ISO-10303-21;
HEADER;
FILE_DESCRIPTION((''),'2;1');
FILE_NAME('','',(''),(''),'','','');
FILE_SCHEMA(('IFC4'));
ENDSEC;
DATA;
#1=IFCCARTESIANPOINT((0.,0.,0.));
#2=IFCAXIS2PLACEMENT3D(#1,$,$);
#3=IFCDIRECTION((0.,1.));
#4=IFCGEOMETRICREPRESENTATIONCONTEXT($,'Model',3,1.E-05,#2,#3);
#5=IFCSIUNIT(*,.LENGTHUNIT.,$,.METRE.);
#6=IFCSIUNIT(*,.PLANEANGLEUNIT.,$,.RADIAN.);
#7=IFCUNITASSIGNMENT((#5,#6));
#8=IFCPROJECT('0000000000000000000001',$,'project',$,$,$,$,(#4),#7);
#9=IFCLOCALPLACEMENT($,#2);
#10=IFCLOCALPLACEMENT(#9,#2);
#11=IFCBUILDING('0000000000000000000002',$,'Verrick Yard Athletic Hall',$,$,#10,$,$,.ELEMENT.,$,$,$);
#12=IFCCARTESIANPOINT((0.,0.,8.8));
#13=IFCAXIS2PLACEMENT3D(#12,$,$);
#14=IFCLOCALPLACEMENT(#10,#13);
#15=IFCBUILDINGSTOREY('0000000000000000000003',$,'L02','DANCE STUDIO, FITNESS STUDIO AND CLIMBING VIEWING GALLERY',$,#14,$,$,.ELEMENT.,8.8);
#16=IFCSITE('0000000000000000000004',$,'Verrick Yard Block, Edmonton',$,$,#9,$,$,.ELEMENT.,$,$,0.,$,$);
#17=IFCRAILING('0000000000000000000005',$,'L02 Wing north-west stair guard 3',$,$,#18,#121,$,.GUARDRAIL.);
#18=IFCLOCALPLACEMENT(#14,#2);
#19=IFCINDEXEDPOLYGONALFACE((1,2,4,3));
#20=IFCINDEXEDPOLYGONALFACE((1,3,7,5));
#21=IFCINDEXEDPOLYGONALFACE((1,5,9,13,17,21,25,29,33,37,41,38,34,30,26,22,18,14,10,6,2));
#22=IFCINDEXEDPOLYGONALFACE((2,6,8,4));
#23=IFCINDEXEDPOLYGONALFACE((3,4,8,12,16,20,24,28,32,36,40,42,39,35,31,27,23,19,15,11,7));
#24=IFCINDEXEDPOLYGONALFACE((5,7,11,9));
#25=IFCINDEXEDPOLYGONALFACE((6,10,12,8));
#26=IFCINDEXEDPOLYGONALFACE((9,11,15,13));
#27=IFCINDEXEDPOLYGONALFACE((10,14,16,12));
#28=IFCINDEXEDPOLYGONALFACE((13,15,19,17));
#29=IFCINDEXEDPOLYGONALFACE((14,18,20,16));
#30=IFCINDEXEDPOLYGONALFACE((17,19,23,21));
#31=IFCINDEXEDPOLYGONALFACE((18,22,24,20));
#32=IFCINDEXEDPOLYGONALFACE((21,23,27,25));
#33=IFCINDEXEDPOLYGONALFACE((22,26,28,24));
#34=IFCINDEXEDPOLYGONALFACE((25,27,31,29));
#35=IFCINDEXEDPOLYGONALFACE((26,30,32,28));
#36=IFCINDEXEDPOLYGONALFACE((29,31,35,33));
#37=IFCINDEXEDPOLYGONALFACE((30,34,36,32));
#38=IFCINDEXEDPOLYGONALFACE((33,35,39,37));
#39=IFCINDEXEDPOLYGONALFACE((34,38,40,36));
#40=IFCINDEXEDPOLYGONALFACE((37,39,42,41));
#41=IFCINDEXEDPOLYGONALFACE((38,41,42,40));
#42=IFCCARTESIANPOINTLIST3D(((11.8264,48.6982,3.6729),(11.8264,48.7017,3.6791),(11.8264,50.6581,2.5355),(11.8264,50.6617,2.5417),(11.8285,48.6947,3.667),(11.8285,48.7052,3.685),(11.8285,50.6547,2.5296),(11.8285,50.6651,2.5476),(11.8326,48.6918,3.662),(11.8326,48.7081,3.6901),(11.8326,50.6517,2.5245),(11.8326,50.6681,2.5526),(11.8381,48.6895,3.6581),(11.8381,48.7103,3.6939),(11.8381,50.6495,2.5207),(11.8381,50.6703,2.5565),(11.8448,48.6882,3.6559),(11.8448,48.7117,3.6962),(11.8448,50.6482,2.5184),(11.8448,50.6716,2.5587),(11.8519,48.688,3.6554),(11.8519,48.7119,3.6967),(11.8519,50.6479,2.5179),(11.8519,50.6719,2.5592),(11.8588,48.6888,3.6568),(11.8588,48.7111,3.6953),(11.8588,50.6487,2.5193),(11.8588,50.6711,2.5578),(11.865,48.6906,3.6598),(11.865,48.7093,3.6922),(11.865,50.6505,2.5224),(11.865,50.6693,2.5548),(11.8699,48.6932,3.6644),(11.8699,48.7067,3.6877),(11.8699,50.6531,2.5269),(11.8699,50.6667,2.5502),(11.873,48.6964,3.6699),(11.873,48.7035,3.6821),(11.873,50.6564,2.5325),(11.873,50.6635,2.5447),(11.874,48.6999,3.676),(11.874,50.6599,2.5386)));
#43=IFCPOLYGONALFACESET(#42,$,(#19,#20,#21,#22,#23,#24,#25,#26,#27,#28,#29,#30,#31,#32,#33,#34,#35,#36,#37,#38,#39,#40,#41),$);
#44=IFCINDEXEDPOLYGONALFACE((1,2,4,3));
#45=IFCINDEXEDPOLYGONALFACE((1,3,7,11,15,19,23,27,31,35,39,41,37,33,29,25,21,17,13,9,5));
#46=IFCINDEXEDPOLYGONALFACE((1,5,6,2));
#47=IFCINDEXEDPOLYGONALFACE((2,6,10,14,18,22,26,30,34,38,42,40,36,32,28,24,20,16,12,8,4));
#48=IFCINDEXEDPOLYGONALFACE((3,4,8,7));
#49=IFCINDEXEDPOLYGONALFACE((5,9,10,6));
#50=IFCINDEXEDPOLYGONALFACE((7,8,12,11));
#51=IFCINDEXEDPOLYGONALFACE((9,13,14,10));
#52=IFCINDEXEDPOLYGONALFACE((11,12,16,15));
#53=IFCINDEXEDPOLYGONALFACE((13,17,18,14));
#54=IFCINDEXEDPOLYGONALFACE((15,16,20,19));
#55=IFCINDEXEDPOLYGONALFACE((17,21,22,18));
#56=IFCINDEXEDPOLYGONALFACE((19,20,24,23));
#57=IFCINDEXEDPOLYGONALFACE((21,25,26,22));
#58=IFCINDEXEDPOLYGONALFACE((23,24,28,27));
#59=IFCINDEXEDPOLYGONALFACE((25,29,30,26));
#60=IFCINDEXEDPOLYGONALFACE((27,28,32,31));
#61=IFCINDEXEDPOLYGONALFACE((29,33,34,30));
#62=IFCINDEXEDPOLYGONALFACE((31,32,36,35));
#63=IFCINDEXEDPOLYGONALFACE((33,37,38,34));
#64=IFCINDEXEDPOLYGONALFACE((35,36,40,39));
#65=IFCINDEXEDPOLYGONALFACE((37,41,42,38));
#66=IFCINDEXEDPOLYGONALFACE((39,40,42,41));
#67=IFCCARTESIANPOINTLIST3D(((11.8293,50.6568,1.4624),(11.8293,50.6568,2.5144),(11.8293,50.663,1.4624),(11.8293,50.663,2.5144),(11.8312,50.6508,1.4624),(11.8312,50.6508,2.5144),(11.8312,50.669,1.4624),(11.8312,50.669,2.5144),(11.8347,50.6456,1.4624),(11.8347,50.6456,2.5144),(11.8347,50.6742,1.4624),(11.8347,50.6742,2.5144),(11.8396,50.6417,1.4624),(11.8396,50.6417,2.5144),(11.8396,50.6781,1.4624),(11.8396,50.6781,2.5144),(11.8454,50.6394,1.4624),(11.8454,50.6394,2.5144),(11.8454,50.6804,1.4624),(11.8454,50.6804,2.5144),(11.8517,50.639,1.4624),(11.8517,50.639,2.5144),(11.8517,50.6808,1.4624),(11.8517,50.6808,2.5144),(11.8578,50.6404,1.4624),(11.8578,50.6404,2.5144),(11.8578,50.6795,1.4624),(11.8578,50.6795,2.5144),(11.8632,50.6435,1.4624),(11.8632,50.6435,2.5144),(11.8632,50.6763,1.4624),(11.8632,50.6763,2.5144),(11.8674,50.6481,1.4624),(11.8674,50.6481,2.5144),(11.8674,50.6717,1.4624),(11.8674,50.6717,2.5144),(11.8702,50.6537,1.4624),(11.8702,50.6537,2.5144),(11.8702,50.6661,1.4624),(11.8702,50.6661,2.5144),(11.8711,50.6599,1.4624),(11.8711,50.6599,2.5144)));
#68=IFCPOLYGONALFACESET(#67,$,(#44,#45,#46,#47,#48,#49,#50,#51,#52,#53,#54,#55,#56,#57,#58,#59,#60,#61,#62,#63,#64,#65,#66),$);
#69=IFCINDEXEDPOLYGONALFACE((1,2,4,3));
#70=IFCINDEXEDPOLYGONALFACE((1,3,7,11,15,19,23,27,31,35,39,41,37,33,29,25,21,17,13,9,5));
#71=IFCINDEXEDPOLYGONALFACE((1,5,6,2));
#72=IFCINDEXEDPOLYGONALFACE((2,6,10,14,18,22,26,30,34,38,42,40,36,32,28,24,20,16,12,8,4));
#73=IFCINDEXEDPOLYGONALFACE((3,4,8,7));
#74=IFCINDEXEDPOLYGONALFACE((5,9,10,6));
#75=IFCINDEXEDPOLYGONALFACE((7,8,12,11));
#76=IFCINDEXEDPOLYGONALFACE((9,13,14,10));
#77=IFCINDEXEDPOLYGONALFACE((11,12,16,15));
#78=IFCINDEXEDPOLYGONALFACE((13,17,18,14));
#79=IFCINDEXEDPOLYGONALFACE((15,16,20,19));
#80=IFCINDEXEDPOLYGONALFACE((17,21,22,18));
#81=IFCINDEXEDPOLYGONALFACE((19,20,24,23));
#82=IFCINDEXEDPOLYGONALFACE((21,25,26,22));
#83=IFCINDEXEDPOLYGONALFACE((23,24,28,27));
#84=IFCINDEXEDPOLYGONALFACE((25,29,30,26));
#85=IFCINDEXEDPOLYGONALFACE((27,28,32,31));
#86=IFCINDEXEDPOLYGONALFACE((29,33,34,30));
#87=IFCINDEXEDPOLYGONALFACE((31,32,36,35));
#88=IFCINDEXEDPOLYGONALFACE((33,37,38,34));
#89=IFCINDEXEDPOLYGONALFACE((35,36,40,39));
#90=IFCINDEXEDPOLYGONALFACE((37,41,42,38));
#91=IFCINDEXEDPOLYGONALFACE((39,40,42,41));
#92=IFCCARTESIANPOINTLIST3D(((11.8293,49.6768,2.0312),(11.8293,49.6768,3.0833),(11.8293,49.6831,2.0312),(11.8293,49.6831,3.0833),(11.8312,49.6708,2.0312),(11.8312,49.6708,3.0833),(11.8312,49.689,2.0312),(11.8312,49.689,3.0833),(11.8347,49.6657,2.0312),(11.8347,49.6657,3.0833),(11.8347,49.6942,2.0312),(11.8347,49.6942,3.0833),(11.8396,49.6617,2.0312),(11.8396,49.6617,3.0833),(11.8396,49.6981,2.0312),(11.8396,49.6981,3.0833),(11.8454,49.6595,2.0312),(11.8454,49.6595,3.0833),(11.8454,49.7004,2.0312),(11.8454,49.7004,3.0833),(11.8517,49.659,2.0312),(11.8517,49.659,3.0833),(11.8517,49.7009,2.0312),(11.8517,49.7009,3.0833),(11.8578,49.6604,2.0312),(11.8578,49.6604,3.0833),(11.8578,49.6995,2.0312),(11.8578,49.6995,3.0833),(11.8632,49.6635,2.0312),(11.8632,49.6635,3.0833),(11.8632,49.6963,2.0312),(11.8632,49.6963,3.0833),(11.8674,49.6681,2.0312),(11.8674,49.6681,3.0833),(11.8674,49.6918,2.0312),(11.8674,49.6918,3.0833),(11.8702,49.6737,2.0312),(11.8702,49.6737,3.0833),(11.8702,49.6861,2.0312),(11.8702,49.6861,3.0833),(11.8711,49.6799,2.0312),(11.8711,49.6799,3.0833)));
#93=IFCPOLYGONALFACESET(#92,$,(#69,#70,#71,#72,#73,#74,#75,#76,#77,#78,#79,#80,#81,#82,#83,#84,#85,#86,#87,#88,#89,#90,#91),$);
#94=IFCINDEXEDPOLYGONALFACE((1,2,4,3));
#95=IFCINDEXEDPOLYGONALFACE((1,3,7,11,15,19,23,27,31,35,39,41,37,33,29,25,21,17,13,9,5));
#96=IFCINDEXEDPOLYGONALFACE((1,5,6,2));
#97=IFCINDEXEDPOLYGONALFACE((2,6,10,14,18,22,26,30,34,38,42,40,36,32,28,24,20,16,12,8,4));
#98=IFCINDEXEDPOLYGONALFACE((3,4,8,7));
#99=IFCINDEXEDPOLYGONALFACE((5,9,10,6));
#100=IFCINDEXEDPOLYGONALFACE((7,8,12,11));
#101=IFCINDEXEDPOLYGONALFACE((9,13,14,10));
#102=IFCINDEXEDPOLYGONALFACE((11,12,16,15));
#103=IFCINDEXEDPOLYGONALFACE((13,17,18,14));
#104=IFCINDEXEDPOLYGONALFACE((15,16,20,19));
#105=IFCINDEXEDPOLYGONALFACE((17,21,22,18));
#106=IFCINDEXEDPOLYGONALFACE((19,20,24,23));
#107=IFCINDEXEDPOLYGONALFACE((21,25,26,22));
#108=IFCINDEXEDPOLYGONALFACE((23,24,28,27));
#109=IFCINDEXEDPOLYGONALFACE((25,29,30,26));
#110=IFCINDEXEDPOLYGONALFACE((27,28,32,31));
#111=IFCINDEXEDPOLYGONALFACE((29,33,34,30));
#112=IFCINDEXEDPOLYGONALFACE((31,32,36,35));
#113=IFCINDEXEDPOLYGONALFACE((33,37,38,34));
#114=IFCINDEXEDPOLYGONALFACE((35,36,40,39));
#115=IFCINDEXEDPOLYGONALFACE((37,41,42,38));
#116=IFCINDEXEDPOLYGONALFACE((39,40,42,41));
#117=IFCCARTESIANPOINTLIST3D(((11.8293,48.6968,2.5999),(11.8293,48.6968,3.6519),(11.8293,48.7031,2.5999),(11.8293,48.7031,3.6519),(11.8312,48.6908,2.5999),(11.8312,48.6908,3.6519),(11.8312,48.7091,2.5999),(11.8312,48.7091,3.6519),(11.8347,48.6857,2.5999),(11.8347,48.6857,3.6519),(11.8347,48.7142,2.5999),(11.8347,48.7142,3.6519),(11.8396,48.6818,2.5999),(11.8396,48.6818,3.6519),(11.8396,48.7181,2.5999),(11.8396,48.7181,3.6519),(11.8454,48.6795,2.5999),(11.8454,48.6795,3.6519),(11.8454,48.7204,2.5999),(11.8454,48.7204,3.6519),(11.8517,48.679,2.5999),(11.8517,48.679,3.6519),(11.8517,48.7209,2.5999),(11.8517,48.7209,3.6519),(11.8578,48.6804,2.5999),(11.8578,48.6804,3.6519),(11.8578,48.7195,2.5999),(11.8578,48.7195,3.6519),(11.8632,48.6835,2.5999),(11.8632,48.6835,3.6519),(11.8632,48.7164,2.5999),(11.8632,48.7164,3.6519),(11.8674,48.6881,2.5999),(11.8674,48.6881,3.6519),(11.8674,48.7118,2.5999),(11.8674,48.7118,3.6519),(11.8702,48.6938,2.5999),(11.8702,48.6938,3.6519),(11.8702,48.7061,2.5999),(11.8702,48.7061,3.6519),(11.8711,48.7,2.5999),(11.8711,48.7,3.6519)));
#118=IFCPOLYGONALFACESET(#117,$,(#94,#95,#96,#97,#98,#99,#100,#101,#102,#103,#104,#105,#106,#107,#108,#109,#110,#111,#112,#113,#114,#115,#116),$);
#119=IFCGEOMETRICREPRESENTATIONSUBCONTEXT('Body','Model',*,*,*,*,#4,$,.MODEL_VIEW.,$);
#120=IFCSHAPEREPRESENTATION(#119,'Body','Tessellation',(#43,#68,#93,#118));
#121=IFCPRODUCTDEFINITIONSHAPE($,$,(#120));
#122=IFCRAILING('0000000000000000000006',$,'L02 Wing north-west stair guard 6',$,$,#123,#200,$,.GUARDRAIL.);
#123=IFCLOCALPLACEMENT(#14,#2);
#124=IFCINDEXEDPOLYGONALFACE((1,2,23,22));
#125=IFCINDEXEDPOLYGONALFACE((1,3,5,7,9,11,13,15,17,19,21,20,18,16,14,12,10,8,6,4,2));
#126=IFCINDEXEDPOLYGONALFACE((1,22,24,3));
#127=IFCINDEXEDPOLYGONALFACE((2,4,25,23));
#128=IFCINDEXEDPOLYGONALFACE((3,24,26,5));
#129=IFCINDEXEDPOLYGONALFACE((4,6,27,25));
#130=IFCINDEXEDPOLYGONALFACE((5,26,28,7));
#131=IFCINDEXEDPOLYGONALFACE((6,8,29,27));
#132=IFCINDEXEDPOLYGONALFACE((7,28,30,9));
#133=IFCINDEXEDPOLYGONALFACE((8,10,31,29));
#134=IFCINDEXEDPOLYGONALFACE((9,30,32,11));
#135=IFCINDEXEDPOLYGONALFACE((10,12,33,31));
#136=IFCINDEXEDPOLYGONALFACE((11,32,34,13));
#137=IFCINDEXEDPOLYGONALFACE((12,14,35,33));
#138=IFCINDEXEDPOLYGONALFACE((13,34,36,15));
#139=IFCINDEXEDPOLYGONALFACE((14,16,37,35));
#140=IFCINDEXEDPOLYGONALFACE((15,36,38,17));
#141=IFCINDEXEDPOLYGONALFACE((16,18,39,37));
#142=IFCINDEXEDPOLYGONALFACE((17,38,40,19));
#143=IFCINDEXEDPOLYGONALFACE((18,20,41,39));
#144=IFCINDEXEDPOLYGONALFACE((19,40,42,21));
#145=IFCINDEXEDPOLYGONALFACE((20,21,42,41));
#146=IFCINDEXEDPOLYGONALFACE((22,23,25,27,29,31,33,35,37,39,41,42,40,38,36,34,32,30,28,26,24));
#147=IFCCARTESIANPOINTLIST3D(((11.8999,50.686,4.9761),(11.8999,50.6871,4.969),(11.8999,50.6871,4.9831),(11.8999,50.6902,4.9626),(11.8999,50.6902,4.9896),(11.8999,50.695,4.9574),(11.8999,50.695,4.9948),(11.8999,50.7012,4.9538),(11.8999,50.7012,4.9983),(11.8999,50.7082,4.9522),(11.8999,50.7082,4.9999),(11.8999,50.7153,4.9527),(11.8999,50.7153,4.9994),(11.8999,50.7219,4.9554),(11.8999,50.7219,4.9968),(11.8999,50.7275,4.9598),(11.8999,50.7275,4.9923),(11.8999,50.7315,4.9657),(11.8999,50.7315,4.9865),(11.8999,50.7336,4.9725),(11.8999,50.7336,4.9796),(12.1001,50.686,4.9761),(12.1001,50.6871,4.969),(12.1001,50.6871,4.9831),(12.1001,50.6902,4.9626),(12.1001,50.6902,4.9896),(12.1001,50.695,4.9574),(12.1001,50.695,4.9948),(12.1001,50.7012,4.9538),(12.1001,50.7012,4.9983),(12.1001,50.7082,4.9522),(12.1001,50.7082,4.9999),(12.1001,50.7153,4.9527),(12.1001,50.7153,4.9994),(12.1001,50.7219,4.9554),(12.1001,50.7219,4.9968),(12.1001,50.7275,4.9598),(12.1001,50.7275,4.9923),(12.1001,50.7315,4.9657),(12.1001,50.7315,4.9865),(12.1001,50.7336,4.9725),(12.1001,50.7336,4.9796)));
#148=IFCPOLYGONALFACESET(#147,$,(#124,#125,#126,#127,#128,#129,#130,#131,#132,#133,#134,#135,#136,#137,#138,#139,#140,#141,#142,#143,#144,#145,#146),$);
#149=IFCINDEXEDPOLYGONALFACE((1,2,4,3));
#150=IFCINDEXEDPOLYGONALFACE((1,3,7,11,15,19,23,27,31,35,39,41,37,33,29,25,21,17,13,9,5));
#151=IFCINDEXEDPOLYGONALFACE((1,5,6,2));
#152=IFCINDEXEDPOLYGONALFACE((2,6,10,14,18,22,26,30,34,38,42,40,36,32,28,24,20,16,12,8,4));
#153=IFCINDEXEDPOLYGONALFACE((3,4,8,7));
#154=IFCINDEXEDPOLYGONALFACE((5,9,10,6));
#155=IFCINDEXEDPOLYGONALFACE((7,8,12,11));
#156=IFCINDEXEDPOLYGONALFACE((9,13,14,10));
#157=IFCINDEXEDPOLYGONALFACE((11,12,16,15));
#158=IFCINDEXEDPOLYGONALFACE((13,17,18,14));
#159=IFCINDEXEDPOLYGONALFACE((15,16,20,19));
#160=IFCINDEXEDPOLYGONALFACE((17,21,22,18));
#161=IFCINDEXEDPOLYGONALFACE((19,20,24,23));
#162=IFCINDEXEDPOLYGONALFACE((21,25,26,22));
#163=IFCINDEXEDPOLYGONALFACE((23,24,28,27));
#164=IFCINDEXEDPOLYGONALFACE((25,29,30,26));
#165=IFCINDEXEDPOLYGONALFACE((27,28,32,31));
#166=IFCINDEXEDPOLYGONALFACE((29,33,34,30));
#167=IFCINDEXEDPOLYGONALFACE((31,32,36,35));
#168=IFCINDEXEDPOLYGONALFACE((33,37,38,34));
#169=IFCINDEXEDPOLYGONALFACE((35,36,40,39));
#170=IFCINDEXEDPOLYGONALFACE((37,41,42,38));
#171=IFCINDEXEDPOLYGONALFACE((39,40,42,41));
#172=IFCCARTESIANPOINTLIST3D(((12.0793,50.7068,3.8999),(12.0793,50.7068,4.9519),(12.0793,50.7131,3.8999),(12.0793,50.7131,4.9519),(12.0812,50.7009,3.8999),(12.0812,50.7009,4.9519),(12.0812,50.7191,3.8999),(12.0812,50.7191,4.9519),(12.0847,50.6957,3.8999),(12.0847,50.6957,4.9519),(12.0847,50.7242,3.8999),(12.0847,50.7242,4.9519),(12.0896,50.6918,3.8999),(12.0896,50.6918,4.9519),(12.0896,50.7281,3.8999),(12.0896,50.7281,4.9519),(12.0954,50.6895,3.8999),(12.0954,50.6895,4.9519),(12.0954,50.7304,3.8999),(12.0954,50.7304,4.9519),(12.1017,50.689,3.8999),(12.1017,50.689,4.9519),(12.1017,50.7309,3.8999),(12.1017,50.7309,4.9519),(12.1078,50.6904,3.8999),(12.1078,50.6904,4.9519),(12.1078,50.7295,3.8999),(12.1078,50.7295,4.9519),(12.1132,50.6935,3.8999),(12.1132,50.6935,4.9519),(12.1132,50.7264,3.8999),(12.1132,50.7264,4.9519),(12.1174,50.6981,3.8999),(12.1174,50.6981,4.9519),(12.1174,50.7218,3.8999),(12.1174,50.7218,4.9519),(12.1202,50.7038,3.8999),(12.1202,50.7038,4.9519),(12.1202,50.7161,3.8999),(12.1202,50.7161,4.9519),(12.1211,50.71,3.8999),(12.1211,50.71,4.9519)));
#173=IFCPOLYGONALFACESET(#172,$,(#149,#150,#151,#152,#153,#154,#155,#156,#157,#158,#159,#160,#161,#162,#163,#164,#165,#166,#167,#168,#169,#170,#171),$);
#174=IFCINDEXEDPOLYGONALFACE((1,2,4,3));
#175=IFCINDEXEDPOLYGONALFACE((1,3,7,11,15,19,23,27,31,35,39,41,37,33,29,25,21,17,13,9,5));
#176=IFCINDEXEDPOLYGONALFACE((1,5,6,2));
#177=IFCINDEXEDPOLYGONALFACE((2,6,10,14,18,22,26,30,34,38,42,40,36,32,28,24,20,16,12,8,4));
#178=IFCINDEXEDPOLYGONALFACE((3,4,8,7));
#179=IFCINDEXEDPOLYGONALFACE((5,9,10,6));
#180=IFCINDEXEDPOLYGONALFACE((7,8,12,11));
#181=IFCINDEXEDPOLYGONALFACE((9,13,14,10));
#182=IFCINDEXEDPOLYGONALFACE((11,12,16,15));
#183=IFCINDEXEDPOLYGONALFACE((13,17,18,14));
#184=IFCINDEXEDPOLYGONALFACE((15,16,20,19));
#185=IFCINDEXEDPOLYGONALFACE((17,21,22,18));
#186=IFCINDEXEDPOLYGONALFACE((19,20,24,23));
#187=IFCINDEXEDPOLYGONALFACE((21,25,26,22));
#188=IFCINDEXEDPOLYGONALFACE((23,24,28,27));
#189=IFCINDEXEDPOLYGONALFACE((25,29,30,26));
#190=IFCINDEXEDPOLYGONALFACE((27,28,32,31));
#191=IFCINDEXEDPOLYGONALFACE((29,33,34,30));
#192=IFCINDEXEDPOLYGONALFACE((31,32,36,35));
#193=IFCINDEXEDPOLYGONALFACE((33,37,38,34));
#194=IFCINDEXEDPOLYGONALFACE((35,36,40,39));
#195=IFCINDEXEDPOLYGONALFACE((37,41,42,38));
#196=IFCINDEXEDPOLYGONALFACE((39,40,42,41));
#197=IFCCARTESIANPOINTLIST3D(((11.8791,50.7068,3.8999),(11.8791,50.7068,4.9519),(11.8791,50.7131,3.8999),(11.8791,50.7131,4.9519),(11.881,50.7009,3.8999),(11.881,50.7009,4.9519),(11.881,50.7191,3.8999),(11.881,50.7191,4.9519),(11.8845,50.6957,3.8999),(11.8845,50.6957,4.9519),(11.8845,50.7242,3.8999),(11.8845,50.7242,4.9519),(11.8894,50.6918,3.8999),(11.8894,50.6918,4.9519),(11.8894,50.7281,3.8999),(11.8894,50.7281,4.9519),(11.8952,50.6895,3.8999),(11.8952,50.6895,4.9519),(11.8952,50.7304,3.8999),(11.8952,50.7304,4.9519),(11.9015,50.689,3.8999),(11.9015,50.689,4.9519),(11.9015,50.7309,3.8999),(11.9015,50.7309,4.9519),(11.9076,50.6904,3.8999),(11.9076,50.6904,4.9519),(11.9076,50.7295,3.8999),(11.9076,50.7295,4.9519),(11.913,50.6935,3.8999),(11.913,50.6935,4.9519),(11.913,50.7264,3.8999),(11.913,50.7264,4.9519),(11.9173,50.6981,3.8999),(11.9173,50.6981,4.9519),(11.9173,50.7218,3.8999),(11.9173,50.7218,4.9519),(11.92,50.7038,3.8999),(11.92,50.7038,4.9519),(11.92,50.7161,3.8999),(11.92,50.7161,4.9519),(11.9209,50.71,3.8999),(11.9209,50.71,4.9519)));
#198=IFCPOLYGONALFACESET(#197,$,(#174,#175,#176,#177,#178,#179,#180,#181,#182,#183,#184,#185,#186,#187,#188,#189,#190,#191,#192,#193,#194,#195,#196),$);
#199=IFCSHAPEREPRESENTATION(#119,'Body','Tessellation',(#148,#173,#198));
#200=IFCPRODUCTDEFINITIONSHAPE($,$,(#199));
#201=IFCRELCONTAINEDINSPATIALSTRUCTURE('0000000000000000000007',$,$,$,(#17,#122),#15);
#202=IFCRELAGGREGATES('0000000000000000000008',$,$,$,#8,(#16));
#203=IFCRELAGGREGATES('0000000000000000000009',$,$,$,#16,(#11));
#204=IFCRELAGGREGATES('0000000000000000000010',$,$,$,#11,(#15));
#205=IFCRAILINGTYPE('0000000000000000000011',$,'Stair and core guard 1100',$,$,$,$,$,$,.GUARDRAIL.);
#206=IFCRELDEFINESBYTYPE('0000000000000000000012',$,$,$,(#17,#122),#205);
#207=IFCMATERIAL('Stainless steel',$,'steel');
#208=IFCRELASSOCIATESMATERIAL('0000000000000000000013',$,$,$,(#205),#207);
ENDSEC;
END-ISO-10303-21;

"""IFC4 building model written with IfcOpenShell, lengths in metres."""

from ifc_helpers import new_model, si_unit, direction, frame, origin, origin_2d, place, context, subcontext, project, spatial, circle, extrude, material, type_object, element, save


model = new_model("IFC4")

# Units and contexts
model_context = context("Model", 3, precision=1e-05, world=origin(), true_north=direction((0.0, 1.0)))
body_context = subcontext(model_context, "Body", "Model", "MODEL_VIEW")
ifc_project = project(units=[si_unit("LENGTHUNIT", "METRE"), si_unit("PLANEANGLEUNIT", "RADIAN")], contexts=[model_context])

# Site, building, storey
site_placement = place(None, origin())
site = spatial("IfcSite", under=ifc_project, at=site_placement, Name="Verrick Yard Block, Edmonton", CompositionType="ELEMENT", RefElevation=0.0)
building_placement = place(site_placement, origin())
building = spatial("IfcBuilding", under=site, at=building_placement, Name="Verrick Yard Athletic Hall", CompositionType="ELEMENT")
storey_placement = place(building_placement, frame((0.0, 0.0, 8.8)))
storey = spatial("IfcBuildingStorey", under=building, at=storey_placement, Name="L02", Description="DANCE STUDIO, FITNESS STUDIO AND CLIMBING VIEWING GALLERY", CompositionType="ELEMENT", Elevation=8.8)

# Railings
ifc_material_1 = material(Name="Stainless steel", Category="steel")
railing_type_1 = type_object("IfcRailingType", Name="Stair and core guard 1100", PredefinedType="GUARDRAIL", material=ifc_material_1)
railing_1_placement = place(storey_placement, frame((11.8501, 50.6599, 1.4624)))
element("IfcRailing", 1, at=railing_1_placement, inside=storey, type_object=railing_type_1, Name="L02 Wing north-west stair guard 3", PredefinedType="GUARDRAIL", context=body_context, shape_type="SweptSolid", body=[
    extrude(circle(Radius=0.0239, at=origin_2d()), frame((0.0, 0.0, 1.0762), z_axis=(0.0, -0.864902, 0.501941), x_axis=(1.0, 0.0, 0.0)), (0.0, 0.0, 1.0), 2.2661),
    extrude(circle(Radius=0.021, at=origin_2d()), origin(), (0.0, 0.0, 1.0), 1.052),
    extrude(circle(Radius=0.021, at=origin_2d()), frame((0.0, -0.98, 0.5688)), (0.0, 0.0, 1.0), 1.052),
    extrude(circle(Radius=0.021, at=origin_2d()), frame((0.0, -1.96, 1.1375)), (0.0, 0.0, 1.0), 1.052),
])
railing_2_placement = place(storey_placement, frame((12.1001, 50.71, 3.8999)))
element("IfcRailing", 2, at=railing_2_placement, inside=storey, type_object=railing_type_1, Name="L02 Wing north-west stair guard 6", PredefinedType="GUARDRAIL", context=body_context, shape_type="SweptSolid", body=[
    extrude(circle(Radius=0.0239, at=origin_2d()), frame((0.0, 0.0, 1.0762), z_axis=(-1.0, 0.0, 0.0), x_axis=(0.0, -1.0, 0.0)), (0.0, 0.0, 1.0), 0.2002),
    extrude(circle(Radius=0.021, at=origin_2d()), origin(), (0.0, 0.0, 1.0), 1.052),
    extrude(circle(Radius=0.021, at=origin_2d()), frame((-0.2002, 0.0, 0.0)), (0.0, 0.0, 1.0), 1.052),
])

save(model, "model.ifc")
